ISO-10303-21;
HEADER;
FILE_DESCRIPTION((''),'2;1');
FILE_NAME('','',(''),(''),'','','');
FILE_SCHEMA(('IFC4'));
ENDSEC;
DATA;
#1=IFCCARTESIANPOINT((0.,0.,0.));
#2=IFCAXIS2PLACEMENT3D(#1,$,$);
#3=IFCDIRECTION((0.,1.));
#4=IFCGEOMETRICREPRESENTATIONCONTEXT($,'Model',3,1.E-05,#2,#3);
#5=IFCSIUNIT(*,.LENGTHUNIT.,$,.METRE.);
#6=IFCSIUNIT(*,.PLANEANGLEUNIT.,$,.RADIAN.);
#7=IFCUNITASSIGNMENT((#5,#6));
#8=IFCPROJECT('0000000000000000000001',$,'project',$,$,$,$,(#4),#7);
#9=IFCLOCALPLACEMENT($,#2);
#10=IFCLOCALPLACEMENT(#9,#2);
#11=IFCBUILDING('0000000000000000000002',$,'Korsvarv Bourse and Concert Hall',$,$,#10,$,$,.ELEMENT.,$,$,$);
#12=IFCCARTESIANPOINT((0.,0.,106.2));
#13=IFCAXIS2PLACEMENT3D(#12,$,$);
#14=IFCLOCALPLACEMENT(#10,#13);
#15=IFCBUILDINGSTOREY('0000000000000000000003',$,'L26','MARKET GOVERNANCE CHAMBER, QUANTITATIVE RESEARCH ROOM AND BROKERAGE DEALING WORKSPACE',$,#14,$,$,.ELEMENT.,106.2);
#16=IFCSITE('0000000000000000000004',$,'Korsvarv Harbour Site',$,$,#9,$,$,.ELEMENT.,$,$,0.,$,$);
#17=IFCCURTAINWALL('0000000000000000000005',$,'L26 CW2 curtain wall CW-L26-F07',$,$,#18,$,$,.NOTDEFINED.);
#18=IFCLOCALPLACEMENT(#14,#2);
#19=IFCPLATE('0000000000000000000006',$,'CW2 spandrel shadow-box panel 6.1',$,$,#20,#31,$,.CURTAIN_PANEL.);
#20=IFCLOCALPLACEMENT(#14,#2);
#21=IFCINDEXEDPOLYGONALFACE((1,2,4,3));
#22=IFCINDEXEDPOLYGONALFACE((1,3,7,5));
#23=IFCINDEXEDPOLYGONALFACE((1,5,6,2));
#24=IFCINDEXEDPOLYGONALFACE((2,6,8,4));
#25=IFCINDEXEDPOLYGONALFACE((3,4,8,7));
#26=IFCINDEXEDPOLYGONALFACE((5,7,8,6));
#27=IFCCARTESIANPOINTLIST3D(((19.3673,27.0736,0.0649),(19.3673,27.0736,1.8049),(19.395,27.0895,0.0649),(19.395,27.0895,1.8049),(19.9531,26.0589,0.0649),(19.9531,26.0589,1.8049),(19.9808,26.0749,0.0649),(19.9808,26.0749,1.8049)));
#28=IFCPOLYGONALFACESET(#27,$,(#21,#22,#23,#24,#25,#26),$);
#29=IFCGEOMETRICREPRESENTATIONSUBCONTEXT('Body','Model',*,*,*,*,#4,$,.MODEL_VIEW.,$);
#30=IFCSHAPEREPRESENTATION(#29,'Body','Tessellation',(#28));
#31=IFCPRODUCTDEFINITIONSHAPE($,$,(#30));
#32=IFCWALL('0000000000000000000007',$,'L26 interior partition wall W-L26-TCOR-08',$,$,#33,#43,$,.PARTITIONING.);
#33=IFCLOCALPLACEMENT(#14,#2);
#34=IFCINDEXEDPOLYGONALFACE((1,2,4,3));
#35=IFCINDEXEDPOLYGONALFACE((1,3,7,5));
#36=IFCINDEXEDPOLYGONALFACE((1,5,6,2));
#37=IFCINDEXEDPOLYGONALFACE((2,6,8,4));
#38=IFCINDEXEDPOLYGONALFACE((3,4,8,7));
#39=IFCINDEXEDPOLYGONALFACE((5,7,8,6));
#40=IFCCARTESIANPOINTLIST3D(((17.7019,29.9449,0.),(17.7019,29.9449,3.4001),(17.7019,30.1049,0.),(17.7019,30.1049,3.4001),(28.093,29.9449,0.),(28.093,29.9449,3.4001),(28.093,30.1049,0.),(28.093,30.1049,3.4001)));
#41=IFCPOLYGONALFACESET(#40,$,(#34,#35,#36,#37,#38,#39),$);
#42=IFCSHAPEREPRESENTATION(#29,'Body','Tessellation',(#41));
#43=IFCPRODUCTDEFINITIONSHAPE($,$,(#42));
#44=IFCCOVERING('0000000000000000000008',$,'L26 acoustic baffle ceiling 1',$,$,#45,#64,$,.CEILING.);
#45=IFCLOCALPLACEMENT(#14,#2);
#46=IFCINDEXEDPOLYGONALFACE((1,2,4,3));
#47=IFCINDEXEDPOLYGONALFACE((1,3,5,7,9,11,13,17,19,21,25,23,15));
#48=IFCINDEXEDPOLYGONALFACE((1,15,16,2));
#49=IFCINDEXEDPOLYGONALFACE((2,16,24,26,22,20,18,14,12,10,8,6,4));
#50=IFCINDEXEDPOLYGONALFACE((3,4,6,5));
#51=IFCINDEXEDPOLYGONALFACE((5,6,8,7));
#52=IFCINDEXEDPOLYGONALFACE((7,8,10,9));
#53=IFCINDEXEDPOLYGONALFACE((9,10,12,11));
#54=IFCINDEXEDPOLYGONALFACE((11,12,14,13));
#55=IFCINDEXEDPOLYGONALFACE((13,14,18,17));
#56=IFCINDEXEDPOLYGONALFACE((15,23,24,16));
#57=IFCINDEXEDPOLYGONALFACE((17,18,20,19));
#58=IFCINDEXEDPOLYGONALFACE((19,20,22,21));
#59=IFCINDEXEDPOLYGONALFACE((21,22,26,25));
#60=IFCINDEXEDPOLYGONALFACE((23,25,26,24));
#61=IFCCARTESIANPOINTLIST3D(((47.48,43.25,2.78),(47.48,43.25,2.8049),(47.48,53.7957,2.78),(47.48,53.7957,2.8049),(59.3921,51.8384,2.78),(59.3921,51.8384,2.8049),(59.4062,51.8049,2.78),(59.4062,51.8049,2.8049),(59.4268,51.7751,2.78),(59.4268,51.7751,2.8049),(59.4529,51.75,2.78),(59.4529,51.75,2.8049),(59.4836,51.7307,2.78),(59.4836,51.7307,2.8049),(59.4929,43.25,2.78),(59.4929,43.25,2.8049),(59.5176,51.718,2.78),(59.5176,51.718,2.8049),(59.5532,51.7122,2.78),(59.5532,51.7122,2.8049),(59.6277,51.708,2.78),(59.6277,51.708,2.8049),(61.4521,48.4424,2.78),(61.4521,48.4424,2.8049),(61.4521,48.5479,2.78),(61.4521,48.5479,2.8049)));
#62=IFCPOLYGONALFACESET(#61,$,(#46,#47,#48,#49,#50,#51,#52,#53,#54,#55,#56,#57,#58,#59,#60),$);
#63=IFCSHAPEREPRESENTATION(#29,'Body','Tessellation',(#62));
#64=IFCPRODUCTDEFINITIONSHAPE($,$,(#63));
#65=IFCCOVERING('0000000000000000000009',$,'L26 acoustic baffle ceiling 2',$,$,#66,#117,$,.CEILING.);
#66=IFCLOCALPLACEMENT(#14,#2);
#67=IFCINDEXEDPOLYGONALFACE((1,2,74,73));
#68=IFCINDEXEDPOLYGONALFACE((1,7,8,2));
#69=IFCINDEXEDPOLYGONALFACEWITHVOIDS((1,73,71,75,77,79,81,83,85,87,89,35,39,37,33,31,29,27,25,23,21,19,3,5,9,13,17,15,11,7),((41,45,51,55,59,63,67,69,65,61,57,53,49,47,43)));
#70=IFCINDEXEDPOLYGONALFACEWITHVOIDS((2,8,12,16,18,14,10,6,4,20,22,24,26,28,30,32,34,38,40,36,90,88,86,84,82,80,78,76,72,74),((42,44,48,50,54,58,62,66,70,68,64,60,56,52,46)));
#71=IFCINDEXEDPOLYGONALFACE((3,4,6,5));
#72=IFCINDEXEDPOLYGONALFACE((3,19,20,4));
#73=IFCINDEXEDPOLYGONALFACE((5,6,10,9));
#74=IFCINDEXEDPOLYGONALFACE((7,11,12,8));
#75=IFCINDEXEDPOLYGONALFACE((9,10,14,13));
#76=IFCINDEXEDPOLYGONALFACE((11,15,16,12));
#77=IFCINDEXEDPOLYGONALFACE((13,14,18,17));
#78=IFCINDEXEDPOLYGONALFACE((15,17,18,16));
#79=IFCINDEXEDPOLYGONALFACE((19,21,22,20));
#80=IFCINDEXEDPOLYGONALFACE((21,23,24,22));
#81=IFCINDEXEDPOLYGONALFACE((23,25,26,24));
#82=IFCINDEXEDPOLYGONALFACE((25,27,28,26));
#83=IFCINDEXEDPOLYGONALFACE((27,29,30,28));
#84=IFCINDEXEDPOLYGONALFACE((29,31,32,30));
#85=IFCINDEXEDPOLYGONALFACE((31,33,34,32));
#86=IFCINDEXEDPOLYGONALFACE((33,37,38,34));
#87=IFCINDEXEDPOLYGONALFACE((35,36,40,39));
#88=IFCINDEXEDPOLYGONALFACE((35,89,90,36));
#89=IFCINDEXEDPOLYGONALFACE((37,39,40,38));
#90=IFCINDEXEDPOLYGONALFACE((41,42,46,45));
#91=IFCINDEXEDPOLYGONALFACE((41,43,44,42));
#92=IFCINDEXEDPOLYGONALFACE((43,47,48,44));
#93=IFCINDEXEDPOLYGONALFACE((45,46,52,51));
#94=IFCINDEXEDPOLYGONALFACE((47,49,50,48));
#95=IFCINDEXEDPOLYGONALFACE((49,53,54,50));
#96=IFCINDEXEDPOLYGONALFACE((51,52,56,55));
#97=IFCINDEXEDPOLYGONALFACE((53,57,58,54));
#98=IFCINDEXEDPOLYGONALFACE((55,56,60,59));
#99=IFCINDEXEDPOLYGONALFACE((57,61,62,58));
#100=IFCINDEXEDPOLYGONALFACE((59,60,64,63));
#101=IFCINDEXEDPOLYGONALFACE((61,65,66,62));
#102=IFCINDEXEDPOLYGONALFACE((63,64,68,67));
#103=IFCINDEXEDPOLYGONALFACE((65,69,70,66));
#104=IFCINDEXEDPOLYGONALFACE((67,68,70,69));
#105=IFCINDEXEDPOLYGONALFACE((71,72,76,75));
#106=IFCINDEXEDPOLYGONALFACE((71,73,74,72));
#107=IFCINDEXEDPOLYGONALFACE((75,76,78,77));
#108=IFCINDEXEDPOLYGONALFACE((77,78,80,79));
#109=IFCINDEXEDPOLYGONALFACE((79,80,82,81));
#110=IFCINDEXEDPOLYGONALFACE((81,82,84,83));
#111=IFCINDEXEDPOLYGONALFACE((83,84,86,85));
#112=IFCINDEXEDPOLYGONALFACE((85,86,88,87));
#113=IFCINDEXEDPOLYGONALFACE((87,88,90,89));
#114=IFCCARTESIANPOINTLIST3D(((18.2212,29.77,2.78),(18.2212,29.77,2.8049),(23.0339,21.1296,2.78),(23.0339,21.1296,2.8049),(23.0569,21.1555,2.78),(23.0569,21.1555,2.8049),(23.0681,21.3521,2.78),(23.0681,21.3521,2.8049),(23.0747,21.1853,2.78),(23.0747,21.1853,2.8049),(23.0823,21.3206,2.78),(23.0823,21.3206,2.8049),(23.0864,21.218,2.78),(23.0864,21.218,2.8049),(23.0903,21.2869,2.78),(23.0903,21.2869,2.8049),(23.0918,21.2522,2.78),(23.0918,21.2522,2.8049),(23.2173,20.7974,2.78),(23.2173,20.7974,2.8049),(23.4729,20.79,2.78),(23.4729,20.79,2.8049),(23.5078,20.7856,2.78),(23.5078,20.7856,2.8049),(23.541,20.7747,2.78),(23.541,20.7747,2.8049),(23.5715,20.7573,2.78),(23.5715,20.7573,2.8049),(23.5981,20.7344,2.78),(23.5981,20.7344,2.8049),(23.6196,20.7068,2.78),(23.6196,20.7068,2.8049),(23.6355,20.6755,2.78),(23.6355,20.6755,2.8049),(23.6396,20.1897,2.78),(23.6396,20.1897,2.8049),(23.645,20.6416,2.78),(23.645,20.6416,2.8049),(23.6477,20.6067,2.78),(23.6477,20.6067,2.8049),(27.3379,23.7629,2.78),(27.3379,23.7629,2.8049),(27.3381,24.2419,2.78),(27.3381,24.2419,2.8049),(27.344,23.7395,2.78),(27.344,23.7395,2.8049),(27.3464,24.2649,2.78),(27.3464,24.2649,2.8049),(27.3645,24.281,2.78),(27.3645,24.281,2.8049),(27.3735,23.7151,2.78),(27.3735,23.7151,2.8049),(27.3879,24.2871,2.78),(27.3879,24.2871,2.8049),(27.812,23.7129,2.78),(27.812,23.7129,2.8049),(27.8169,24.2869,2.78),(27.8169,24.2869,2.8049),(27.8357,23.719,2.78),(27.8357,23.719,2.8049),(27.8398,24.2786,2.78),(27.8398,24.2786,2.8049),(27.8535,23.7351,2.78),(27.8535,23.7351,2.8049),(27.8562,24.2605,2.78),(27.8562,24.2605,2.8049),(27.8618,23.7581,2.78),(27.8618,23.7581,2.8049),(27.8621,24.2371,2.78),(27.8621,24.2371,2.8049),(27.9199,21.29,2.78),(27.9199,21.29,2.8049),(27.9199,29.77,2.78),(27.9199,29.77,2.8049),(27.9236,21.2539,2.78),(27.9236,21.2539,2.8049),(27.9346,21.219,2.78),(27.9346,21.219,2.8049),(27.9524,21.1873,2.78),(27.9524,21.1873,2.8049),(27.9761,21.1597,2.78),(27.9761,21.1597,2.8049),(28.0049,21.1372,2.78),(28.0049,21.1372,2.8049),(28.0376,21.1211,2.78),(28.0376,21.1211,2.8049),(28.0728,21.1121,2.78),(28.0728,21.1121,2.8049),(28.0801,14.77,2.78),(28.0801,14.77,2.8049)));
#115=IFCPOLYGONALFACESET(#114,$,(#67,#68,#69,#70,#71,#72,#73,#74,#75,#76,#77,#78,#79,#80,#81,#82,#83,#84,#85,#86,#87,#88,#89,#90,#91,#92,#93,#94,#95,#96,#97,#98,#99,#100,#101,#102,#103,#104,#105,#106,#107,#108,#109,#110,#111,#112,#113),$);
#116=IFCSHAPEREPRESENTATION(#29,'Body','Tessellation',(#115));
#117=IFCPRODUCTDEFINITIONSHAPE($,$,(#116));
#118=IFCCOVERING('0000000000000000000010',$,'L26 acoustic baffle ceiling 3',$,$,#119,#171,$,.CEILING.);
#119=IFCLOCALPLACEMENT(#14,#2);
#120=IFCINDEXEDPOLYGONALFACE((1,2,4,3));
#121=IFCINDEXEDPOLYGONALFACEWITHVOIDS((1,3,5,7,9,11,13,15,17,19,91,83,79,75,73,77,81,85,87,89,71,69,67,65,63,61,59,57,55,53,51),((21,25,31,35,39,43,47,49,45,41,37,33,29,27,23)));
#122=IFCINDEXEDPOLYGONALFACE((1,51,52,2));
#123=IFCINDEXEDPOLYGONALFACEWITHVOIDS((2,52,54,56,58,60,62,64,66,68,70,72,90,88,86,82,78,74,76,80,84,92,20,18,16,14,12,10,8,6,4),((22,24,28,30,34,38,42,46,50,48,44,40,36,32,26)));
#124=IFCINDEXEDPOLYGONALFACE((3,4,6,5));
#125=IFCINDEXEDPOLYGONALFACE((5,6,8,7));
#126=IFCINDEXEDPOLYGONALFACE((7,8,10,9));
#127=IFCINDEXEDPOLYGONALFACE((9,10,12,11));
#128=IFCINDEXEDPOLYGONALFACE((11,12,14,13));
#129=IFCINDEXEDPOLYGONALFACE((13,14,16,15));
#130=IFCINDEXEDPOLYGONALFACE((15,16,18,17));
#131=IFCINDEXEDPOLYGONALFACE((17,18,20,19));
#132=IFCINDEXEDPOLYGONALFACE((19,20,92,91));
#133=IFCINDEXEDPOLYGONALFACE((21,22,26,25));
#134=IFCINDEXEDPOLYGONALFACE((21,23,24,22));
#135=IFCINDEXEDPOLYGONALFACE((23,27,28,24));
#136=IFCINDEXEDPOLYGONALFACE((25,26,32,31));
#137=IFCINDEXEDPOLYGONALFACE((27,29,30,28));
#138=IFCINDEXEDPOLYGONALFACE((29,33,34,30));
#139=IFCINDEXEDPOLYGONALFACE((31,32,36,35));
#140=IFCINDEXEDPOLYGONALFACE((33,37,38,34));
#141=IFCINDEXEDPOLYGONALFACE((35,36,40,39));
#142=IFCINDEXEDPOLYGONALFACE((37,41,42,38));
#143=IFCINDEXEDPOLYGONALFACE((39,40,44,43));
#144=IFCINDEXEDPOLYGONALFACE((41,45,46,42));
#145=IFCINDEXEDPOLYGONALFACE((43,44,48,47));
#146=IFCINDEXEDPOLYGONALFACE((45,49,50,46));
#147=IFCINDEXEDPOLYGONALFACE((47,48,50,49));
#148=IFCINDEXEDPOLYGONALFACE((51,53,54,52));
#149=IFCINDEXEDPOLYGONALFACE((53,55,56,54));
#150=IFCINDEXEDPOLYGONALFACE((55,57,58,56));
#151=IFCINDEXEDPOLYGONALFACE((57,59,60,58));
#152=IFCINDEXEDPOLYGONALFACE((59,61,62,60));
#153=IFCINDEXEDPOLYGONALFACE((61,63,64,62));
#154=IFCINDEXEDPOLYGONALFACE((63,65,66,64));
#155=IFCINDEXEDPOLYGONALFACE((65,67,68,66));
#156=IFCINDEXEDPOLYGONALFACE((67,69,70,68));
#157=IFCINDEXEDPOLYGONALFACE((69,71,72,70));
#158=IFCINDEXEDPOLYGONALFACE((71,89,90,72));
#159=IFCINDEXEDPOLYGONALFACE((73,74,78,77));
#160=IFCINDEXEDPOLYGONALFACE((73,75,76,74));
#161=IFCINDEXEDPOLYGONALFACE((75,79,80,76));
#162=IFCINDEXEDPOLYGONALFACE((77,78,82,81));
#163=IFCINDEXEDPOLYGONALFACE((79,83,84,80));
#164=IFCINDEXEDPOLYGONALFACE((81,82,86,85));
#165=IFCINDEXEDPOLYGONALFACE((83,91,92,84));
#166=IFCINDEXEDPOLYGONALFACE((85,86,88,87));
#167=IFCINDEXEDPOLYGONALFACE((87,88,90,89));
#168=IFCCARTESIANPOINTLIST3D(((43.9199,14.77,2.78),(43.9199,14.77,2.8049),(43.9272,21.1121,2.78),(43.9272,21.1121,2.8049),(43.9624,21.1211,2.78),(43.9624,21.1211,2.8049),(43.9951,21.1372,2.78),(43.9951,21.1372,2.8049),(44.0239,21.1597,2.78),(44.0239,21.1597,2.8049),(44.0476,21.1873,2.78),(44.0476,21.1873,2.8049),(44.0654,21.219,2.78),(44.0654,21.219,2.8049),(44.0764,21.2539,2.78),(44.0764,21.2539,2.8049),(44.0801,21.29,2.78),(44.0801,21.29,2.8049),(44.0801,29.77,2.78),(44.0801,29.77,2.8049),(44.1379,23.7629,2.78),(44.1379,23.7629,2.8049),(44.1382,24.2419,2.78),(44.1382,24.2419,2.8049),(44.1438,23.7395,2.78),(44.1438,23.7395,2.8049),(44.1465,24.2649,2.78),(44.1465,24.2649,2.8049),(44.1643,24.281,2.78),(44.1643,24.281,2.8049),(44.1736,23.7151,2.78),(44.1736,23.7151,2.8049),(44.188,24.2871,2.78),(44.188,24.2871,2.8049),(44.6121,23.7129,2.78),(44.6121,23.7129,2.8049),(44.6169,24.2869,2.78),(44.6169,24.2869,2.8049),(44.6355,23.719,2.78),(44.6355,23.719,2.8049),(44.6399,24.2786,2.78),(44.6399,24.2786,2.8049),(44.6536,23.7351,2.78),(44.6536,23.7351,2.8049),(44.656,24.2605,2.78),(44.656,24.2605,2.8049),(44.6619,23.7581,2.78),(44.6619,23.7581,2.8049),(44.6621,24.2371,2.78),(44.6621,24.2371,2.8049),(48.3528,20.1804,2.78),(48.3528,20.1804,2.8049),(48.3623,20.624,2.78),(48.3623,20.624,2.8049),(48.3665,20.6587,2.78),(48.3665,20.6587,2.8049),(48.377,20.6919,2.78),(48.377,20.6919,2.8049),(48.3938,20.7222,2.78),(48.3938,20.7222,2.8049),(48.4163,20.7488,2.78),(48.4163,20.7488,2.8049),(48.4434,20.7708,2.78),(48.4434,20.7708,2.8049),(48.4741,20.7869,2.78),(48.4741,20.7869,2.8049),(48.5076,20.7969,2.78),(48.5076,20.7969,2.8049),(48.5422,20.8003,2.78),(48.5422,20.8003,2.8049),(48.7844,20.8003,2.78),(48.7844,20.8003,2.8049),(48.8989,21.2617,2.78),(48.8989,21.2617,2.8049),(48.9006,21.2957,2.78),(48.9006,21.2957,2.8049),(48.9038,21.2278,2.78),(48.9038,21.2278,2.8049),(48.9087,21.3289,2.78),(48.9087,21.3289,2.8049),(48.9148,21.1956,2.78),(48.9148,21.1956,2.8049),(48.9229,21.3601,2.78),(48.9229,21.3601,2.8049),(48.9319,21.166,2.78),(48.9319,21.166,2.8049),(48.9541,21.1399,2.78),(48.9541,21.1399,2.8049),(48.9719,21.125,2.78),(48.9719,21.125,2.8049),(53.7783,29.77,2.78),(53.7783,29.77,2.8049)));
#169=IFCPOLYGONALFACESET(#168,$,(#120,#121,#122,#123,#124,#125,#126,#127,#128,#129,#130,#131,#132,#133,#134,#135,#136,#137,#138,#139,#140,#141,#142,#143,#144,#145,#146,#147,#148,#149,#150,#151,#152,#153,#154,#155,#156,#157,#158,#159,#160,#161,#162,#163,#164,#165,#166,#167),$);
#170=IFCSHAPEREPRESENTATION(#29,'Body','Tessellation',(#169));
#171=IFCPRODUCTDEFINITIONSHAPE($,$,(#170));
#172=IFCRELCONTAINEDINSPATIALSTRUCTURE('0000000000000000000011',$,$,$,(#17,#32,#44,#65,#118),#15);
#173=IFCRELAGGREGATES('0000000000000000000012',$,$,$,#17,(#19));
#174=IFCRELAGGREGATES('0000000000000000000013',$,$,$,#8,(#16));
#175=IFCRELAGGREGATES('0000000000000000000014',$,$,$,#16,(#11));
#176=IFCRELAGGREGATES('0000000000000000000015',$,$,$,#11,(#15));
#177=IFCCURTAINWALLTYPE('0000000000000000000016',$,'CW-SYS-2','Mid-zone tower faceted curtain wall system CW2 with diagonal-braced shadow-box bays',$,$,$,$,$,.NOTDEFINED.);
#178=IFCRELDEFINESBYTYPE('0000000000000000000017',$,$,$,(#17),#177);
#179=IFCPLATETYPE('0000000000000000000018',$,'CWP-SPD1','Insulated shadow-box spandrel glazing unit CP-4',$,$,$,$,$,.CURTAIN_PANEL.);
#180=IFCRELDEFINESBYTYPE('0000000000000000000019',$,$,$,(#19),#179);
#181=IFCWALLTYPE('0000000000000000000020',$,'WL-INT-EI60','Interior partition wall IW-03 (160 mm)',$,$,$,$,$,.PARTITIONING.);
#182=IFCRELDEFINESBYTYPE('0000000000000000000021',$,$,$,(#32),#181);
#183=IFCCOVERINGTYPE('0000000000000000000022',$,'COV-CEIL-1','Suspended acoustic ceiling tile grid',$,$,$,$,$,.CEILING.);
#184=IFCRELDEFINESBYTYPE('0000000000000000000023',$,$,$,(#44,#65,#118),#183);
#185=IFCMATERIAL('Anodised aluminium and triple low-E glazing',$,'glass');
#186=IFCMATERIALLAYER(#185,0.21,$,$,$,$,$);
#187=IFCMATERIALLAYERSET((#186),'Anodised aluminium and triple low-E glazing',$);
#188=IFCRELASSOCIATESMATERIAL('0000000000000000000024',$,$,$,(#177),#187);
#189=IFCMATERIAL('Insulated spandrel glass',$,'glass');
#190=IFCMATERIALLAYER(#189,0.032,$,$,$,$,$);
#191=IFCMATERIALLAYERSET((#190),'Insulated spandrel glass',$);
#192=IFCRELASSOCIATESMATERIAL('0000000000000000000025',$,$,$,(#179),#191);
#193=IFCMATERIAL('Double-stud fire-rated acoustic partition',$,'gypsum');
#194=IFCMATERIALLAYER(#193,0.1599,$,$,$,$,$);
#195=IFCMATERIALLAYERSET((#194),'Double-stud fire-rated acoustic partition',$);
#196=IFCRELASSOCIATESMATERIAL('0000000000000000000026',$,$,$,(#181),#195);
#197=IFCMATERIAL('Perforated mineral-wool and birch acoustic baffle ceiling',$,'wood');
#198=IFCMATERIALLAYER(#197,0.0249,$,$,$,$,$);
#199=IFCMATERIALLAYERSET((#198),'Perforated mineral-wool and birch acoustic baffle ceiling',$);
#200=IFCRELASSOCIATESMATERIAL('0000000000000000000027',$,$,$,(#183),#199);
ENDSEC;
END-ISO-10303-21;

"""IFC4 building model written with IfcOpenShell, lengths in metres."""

from ifc_helpers import new_model, si_unit, direction, frame, frame_2d, origin, origin_2d, place, context, subcontext, project, spatial, polyline, rectangle, outline, extrude, source, transform, mapped, material, layer, layer_set, type_object, element, aggregate, save


model = new_model("IFC4")

# Units and contexts
model_context = context("Model", 3, precision=1e-05, world=origin(), true_north=direction((0.0, 1.0)))
body_context = subcontext(model_context, "Body", "Model", "MODEL_VIEW")
ifc_project = project(units=[si_unit("LENGTHUNIT", "METRE"), si_unit("PLANEANGLEUNIT", "RADIAN")], contexts=[model_context])

# Site, building, storey
site_placement = place(None, origin())
site = spatial("IfcSite", under=ifc_project, at=site_placement, Name="Korsvarv Harbour Site", CompositionType="ELEMENT", RefElevation=0.0)
building_placement = place(site_placement, origin())
building = spatial("IfcBuilding", under=site, at=building_placement, Name="Korsvarv Bourse and Concert Hall", CompositionType="ELEMENT")
storey_placement = place(building_placement, frame((0.0, 0.0, 106.2)))
storey = spatial("IfcBuildingStorey", under=building, at=storey_placement, Name="L26", Description="MARKET GOVERNANCE CHAMBER, QUANTITATIVE RESEARCH ROOM AND BROKERAGE DEALING WORKSPACE", CompositionType="ELEMENT", Elevation=106.2)

# Curtain wall
ifc_material_1 = material(Name="Anodised aluminium and triple low-E glazing", Category="glass")
ifc_layer_1 = layer(ifc_material_1, 0.21)
ifc_layer_set_1 = layer_set([ifc_layer_1], Name="Anodised aluminium and triple low-E glazing")
curtain_wall_type = type_object("IfcCurtainWallType", Name="CW-SYS-2", Description="Mid-zone tower faceted curtain wall system CW2 with diagonal-braced shadow-box bays", PredefinedType="NOTDEFINED", material=ifc_layer_set_1)
curtain_wall_placement = place(storey_placement, origin())
curtain_wall = element("IfcCurtainWall", 1, at=curtain_wall_placement, inside=storey, type_object=curtain_wall_type, Name="L26 CW2 curtain wall CW-L26-F07", PredefinedType="NOTDEFINED")

# Plate
ifc_material_2 = material(Name="Insulated spandrel glass", Category="glass")
ifc_layer_2 = layer(ifc_material_2, 0.032)
ifc_layer_set_2 = layer_set([ifc_layer_2], Name="Insulated spandrel glass")
plate_type_1 = type_object("IfcPlateType", Name="CWP-SPD1", Description="Insulated shadow-box spandrel glazing unit CP-4", PredefinedType="CURTAIN_PANEL", material=ifc_layer_set_2)
shared_shape_1 = source(origin(), body_context, "Body", "SweptSolid", [
    extrude(rectangle(XDim=1.1716, YDim=0.032, at=origin_2d()), origin(), (0.0, 0.0, 1.0), 1.74),
])
plate_1_placement = place(storey_placement, frame((19.6741, 26.5742, 0.0649), z_axis=(0.0, 0.0, 1.0), x_axis=(0.500002, -0.866024, 0.0)))
plate_1 = element("IfcPlate", 2, at=plate_1_placement, type_object=plate_type_1, Name="CW2 spandrel shadow-box panel 6.1", PredefinedType="CURTAIN_PANEL", context=body_context, shape_type="MappedRepresentation", body=[
    mapped(shared_shape_1, transform((0.0, 0.0, 0.0), scale=1.0)),
])
aggregate(curtain_wall, [plate_1])

# Wall
ifc_material_3 = material(Name="Double-stud fire-rated acoustic partition", Category="gypsum")
ifc_layer_3 = layer(ifc_material_3, 0.1599)
ifc_layer_set_3 = layer_set([ifc_layer_3], Name="Double-stud fire-rated acoustic partition")
wall_type = type_object("IfcWallType", Name="WL-INT-EI60", Description="Interior partition wall IW-03 (160 mm)", PredefinedType="PARTITIONING", material=ifc_layer_set_3)
wall_placement = place(storey_placement, frame((17.7019, 30.0249, 0.0), z_axis=(0.0, 0.0, 1.0), x_axis=(1.0, 0.0, 0.0)))
element("IfcWall", 3, at=wall_placement, inside=storey, type_object=wall_type, Name="L26 interior partition wall W-L26-TCOR-08", PredefinedType="PARTITIONING", context=body_context, shape_type="SweptSolid", body=[
    extrude(rectangle(XDim=10.3911, YDim=0.1599, at=frame_2d((5.1956, 0.0))), origin(), (0.0, 0.0, 1.0), 3.4001),
])

# Coverings
ifc_material_4 = material(Name="Perforated mineral-wool and birch acoustic baffle ceiling", Category="wood")
ifc_layer_4 = layer(ifc_material_4, 0.0249)
ifc_layer_set_4 = layer_set([ifc_layer_4], Name="Perforated mineral-wool and birch acoustic baffle ceiling")
covering_type_1 = type_object("IfcCoveringType", Name="COV-CEIL-1", Description="Suspended acoustic ceiling tile grid", PredefinedType="CEILING", material=ifc_layer_set_4)
covering_1_placement = place(storey_placement, frame((0.0, 0.0, 2.78)))
element("IfcCovering", 4, at=covering_1_placement, inside=storey, type_object=covering_type_1, Name="L26 acoustic baffle ceiling 1", PredefinedType="CEILING", context=body_context, shape_type="SweptSolid", body=[
    extrude(outline(polyline([(59.3921, 51.8384), (59.4062, 51.8049), (59.4268, 51.7751), (59.4529, 51.75), (59.4836, 51.7307), (59.5176, 51.718), (59.5532, 51.7122), (59.6277, 51.708), (61.4521, 48.5479), (61.4521, 48.4424), (59.4929, 43.25), (47.48, 43.25), (47.48, 53.7957), (59.3921, 51.8384)])), origin(), (0.0, 0.0, 1.0), 0.0249),
])
covering_2_placement = place(storey_placement, frame((0.0, 0.0, 2.78)))
element("IfcCovering", 5, at=covering_2_placement, inside=storey, type_object=covering_type_1, Name="L26 acoustic baffle ceiling 2", PredefinedType="CEILING", context=body_context, shape_type="SweptSolid", body=[
    extrude(outline(polyline([(23.0339, 21.1296), (23.0569, 21.1555), (23.0747, 21.1853), (23.0864, 21.218), (23.0918, 21.2522), (23.0903, 21.2869), (23.0823, 21.3206), (23.0681, 21.3521), (18.2212, 29.77), (27.9199, 29.77), (27.9199, 21.29), (27.9236, 21.2539), (27.9346, 21.219), (27.9524, 21.1873), (27.9761, 21.1597), (28.0049, 21.1372), (28.0376, 21.1211), (28.0728, 21.1121), (28.0801, 14.77), (23.6396, 20.1897), (23.6477, 20.6067), (23.645, 20.6416), (23.6355, 20.6755), (23.6196, 20.7068), (23.5981, 20.7344), (23.5715, 20.7573), (23.541, 20.7747), (23.5078, 20.7856), (23.4729, 20.79), (23.2173, 20.7974), (23.0339, 21.1296)]), holes=[polyline([(27.3735, 23.7151), (27.812, 23.7129), (27.8357, 23.719), (27.8535, 23.7351), (27.8618, 23.7581), (27.8621, 24.2371), (27.8562, 24.2605), (27.8398, 24.2786), (27.8169, 24.2869), (27.3879, 24.2871), (27.3645, 24.281), (27.3464, 24.2649), (27.3381, 24.2419), (27.3379, 23.7629), (27.344, 23.7395), (27.3735, 23.7151)])]), origin(), (0.0, 0.0, 1.0), 0.0249),
])
covering_3_placement = place(storey_placement, frame((0.0, 0.0, 2.78)))
element("IfcCovering", 6, at=covering_3_placement, inside=storey, type_object=covering_type_1, Name="L26 acoustic baffle ceiling 3", PredefinedType="CEILING", context=body_context, shape_type="SweptSolid", body=[
    extrude(outline(polyline([(43.9272, 21.1121), (43.9624, 21.1211), (43.9951, 21.1372), (44.0239, 21.1597), (44.0476, 21.1873), (44.0654, 21.219), (44.0764, 21.2539), (44.0801, 21.29), (44.0801, 29.77), (53.7783, 29.77), (48.9229, 21.3601), (48.9087, 21.3289), (48.9006, 21.2957), (48.8989, 21.2617), (48.9038, 21.2278), (48.9148, 21.1956), (48.9319, 21.166), (48.9541, 21.1399), (48.9719, 21.125), (48.7844, 20.8003), (48.5422, 20.8003), (48.5076, 20.7969), (48.4741, 20.7869), (48.4434, 20.7708), (48.4163, 20.7488), (48.3938, 20.7222), (48.377, 20.6919), (48.3665, 20.6587), (48.3623, 20.624), (48.3528, 20.1804), (43.9199, 14.77), (43.9272, 21.1121)]), holes=[polyline([(44.1736, 23.7151), (44.6121, 23.7129), (44.6355, 23.719), (44.6536, 23.7351), (44.6619, 23.7581), (44.6621, 24.2371), (44.656, 24.2605), (44.6399, 24.2786), (44.6169, 24.2869), (44.188, 24.2871), (44.1643, 24.281), (44.1465, 24.2649), (44.1382, 24.2419), (44.1379, 23.7629), (44.1438, 23.7395), (44.1736, 23.7151)])]), origin(), (0.0, 0.0, 1.0), 0.0249),
])

save(model, "model.ifc")
